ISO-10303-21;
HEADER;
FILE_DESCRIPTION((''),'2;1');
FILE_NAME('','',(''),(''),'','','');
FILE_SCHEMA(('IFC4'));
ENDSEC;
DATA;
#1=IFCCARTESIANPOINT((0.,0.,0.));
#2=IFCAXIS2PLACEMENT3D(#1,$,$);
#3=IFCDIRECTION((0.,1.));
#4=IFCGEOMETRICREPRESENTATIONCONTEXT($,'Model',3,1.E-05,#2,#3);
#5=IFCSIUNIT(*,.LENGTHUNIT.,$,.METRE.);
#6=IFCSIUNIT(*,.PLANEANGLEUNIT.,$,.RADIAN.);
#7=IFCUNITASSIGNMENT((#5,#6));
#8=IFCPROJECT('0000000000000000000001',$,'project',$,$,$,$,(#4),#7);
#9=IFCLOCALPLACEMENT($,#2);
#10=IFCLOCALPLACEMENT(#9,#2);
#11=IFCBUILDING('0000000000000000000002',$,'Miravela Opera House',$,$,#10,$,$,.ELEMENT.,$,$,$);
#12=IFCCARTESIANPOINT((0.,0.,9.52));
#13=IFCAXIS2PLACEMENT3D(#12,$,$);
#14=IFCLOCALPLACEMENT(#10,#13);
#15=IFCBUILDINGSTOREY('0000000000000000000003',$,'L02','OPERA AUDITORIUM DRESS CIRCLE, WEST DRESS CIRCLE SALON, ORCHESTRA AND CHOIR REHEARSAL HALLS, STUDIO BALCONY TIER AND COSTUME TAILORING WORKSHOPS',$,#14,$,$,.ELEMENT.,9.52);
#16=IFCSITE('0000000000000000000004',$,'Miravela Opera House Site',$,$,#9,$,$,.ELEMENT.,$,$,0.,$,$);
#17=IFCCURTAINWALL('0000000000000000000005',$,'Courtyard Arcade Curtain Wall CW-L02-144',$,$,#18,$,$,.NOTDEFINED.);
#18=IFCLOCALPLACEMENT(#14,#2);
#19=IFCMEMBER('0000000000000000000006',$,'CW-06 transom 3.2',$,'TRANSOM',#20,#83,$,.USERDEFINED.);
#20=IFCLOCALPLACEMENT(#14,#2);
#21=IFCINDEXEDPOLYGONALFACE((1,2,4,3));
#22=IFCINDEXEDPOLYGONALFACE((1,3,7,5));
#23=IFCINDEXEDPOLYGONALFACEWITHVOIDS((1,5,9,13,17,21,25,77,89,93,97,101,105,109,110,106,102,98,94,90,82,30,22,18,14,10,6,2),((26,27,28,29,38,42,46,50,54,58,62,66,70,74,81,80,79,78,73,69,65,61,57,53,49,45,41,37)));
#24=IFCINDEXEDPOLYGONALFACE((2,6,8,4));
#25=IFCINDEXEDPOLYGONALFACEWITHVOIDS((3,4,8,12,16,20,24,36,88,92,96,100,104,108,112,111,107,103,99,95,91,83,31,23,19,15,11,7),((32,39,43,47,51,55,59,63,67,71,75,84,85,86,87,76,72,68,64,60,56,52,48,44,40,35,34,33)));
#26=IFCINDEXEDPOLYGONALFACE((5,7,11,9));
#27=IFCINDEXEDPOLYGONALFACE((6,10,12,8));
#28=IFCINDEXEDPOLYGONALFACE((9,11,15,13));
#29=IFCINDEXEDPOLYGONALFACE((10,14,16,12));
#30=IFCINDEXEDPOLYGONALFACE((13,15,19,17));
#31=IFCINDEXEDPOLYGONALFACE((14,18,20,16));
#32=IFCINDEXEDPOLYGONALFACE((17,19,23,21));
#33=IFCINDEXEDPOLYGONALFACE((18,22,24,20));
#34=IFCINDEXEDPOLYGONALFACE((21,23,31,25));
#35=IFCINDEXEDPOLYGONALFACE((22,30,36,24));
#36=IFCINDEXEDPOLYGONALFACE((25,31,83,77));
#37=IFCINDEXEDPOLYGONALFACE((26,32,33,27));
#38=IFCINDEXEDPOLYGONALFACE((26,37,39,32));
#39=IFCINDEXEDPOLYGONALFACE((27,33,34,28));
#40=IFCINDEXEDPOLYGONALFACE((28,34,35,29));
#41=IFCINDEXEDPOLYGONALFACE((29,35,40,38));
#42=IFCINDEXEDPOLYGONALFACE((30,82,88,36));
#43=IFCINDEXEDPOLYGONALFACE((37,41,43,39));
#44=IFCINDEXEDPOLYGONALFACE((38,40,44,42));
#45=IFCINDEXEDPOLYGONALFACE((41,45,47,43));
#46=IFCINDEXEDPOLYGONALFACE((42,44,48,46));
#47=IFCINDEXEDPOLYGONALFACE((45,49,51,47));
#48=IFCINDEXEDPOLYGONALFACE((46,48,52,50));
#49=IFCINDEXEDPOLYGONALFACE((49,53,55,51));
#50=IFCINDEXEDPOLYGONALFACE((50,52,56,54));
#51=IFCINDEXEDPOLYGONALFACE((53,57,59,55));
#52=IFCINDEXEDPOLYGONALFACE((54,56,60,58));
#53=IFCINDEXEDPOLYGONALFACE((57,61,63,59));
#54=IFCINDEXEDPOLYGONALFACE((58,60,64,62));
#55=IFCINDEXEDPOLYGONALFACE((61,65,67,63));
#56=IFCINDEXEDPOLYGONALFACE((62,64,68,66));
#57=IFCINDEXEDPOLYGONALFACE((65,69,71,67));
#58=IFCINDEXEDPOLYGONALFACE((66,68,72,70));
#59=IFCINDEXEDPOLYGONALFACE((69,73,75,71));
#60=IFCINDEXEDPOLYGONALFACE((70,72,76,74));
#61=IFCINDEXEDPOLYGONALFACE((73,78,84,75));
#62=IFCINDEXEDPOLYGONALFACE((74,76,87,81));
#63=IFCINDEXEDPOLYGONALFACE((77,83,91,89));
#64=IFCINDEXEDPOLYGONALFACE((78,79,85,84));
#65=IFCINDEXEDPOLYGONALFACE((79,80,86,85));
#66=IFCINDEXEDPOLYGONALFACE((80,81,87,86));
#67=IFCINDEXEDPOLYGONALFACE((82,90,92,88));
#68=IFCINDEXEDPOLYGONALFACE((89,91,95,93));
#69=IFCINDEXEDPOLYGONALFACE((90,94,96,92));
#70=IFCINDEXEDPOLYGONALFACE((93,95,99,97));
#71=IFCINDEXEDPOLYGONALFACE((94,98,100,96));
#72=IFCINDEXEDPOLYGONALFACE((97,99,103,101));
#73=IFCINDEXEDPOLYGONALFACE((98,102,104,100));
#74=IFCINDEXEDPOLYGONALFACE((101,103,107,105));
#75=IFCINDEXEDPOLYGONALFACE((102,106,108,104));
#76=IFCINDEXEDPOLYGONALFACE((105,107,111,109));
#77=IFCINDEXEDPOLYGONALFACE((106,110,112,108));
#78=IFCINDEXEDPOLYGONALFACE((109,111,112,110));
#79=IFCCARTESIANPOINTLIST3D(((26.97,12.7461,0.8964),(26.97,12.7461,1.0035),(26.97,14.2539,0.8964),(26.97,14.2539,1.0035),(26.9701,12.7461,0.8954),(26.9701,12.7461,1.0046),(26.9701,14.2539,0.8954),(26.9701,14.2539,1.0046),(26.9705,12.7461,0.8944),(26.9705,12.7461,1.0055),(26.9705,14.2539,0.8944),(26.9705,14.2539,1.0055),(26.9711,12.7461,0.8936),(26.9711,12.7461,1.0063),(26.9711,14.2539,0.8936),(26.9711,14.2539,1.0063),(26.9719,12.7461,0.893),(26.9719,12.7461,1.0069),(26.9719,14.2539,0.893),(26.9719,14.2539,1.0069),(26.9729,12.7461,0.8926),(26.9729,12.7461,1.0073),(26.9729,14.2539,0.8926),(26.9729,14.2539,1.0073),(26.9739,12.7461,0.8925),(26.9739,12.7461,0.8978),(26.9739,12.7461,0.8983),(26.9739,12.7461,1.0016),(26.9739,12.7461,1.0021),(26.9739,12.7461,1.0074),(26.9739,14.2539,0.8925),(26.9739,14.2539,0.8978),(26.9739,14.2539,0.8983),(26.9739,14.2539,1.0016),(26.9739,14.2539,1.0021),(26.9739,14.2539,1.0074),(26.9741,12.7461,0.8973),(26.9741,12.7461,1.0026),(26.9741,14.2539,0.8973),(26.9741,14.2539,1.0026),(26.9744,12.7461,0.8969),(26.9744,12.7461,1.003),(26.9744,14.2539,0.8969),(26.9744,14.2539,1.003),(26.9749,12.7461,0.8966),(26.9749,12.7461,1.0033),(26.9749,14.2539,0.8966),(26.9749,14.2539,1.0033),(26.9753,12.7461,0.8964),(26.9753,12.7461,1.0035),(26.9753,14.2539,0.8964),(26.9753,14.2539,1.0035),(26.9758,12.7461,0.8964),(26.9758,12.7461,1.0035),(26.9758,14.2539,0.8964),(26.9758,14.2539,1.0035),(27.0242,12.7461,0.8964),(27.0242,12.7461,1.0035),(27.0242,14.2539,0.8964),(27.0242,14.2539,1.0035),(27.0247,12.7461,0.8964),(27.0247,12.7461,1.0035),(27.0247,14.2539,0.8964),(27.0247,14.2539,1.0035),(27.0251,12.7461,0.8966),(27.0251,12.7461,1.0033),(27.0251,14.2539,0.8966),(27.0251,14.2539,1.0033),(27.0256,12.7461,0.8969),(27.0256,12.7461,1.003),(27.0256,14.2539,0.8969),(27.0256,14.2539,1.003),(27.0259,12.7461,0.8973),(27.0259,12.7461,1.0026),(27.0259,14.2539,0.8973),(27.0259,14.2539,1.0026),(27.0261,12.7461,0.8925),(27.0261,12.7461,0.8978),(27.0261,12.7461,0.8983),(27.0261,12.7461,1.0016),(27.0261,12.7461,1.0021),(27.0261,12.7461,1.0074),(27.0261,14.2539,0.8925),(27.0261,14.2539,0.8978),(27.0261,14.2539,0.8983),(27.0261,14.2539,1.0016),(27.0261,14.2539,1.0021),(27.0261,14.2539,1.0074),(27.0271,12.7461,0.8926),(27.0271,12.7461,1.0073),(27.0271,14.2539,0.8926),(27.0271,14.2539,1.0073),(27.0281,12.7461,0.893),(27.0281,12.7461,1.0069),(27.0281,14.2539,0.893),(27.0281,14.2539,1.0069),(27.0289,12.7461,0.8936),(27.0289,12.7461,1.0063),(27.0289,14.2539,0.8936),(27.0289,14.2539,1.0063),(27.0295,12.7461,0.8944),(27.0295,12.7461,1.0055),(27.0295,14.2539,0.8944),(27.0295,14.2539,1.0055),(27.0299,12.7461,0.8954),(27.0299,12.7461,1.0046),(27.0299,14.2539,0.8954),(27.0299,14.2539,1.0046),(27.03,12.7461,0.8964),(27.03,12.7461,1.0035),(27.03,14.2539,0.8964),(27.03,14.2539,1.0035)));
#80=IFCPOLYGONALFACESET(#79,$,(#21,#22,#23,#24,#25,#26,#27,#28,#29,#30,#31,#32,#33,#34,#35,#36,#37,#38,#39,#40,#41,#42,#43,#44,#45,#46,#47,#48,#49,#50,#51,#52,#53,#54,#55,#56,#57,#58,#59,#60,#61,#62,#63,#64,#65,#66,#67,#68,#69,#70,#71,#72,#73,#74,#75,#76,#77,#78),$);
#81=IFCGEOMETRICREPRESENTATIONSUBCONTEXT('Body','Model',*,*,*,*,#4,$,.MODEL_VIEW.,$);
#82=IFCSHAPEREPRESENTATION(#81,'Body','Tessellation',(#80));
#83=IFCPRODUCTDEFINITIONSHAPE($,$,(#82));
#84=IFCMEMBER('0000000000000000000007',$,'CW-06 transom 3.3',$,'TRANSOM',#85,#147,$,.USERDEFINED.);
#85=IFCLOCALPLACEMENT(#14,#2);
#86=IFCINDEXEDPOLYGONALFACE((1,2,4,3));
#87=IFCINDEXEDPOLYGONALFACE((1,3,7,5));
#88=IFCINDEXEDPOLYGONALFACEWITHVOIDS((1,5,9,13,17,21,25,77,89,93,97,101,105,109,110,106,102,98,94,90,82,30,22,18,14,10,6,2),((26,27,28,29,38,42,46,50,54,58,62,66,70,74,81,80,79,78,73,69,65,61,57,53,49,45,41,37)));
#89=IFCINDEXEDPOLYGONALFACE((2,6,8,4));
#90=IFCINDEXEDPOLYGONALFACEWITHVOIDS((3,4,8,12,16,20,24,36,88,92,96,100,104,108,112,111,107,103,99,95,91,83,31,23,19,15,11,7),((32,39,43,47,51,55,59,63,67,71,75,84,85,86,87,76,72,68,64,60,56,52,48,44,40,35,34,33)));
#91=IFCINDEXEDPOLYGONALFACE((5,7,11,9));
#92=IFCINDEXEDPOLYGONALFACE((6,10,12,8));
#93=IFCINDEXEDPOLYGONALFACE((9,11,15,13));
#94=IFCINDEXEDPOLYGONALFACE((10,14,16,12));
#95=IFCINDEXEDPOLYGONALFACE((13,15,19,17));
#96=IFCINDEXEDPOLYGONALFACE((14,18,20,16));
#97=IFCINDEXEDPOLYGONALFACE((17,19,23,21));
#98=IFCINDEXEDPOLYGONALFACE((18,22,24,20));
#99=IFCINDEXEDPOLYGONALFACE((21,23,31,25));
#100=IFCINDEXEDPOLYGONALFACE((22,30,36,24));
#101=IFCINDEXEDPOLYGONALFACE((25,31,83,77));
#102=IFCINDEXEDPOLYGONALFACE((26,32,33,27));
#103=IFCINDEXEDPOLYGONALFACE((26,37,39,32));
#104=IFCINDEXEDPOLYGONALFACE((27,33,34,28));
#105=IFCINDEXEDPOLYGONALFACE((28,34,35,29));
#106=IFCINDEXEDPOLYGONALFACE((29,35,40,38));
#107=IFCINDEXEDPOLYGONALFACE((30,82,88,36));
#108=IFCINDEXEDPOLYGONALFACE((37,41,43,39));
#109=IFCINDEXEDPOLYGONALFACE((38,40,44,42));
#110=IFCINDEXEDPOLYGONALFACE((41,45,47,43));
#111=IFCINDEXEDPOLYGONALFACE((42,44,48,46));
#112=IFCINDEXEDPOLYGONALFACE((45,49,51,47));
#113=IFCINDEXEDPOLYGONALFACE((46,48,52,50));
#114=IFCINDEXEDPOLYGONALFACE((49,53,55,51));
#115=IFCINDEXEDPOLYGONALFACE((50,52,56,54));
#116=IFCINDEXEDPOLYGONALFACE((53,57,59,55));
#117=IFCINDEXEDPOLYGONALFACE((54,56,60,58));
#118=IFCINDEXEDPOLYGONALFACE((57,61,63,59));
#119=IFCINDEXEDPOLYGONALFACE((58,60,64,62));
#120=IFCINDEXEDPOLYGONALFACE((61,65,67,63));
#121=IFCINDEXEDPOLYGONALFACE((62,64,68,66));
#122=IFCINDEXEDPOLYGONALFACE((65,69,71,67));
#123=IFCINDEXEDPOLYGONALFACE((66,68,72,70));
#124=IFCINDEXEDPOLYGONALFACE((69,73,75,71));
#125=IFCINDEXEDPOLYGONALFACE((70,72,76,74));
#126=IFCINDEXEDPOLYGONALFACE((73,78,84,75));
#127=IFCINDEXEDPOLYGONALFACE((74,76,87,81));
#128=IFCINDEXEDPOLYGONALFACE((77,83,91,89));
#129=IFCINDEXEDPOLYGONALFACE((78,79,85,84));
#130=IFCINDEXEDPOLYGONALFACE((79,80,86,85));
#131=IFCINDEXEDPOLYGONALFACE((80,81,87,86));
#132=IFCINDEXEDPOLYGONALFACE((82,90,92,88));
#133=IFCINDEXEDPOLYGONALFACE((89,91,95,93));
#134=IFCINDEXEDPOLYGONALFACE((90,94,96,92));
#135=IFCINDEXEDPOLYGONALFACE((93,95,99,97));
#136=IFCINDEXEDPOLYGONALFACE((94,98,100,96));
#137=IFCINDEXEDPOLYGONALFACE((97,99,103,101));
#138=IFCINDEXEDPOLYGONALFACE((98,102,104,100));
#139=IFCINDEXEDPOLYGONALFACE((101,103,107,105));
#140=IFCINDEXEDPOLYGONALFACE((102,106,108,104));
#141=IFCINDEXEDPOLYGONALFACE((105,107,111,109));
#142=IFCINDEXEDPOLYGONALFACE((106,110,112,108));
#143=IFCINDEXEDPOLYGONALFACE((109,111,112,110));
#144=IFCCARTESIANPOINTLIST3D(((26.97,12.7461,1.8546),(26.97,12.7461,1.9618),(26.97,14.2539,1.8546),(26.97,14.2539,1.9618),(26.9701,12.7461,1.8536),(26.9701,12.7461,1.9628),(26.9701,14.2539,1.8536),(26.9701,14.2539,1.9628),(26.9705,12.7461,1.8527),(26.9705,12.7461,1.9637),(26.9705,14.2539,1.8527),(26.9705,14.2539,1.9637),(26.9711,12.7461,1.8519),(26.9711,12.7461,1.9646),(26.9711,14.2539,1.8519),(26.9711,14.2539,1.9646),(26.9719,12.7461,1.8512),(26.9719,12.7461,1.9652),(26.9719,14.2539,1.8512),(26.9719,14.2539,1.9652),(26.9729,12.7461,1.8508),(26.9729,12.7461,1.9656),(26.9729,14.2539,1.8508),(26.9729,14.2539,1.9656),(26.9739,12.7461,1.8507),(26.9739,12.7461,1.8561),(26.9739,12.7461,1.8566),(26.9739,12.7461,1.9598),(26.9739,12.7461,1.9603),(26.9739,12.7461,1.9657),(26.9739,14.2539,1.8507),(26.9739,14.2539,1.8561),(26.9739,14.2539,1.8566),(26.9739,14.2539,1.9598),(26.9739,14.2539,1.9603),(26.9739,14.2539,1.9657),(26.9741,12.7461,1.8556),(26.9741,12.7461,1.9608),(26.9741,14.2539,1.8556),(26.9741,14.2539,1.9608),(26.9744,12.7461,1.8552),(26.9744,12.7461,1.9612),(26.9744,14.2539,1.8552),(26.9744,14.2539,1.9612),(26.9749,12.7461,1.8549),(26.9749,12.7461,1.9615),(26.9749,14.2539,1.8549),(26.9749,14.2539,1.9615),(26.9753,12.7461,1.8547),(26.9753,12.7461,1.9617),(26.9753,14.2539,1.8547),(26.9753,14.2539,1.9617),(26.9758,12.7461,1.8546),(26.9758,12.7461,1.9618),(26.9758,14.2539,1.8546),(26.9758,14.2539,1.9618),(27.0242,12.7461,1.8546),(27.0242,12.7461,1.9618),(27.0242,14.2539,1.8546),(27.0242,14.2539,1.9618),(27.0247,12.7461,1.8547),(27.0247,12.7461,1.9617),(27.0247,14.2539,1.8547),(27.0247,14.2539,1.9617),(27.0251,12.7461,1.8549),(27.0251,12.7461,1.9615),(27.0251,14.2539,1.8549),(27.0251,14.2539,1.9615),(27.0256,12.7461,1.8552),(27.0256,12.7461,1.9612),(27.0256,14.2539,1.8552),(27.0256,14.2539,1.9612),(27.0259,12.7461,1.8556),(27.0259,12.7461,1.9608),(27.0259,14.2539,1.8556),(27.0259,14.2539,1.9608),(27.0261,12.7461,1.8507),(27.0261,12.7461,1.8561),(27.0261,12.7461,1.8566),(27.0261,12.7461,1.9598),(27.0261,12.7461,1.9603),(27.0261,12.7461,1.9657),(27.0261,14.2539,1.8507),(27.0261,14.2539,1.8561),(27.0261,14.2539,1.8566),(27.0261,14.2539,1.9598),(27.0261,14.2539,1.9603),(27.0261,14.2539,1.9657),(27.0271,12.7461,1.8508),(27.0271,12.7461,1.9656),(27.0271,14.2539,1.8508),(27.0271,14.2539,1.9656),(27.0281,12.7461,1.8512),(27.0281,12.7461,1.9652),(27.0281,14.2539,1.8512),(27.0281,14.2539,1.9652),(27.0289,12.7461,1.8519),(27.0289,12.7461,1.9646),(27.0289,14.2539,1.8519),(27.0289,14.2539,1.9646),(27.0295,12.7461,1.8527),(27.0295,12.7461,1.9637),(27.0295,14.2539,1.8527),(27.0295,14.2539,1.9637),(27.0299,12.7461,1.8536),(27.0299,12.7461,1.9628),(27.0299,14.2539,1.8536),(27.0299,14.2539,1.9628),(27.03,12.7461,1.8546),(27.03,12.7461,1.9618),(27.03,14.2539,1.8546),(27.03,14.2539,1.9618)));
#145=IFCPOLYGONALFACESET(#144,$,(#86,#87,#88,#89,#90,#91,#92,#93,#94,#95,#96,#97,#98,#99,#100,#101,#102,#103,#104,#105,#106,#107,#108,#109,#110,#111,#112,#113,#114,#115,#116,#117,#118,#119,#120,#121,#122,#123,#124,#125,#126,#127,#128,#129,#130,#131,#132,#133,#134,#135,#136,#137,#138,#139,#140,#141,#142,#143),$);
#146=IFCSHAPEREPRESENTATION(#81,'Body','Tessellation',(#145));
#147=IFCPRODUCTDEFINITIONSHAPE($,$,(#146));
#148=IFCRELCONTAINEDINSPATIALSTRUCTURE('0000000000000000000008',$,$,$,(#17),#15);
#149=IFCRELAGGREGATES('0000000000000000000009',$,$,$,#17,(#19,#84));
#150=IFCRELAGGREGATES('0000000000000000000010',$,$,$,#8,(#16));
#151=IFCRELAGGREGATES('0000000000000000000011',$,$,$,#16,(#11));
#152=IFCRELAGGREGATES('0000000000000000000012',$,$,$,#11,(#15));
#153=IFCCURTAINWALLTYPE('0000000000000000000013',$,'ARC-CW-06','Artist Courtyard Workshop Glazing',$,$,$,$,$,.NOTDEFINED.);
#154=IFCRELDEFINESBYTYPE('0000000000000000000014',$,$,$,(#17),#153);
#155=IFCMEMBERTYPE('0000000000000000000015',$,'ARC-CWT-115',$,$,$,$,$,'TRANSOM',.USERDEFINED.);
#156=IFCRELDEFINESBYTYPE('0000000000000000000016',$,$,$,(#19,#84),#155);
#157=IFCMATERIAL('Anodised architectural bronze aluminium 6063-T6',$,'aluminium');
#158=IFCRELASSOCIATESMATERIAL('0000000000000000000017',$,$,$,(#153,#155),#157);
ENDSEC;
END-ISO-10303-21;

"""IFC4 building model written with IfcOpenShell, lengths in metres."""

from ifc_helpers import new_model, si_unit, direction, frame, origin, origin_2d, place, context, subcontext, project, spatial, hollow_rectangle, extrude, material, material_profile, profile_set, type_object, element, aggregate, save


model = new_model("IFC4")

# Units and contexts
model_context = context("Model", 3, precision=1e-05, world=origin(), true_north=direction((0.0, 1.0)))
body_context = subcontext(model_context, "Body", "Model", "MODEL_VIEW")
ifc_project = project(units=[si_unit("LENGTHUNIT", "METRE"), si_unit("PLANEANGLEUNIT", "RADIAN")], contexts=[model_context])

# Site, building, storey
site_placement = place(None, origin())
site = spatial("IfcSite", under=ifc_project, at=site_placement, Name="Miravela Opera House Site", CompositionType="ELEMENT", RefElevation=0.0)
building_placement = place(site_placement, origin())
building = spatial("IfcBuilding", under=site, at=building_placement, Name="Miravela Opera House", CompositionType="ELEMENT")
storey_placement = place(building_placement, frame((0.0, 0.0, 9.52)))
storey = spatial("IfcBuildingStorey", under=building, at=storey_placement, Name="L02", Description="OPERA AUDITORIUM DRESS CIRCLE, WEST DRESS CIRCLE SALON, ORCHESTRA AND CHOIR REHEARSAL HALLS, STUDIO BALCONY TIER AND COSTUME TAILORING WORKSHOPS", CompositionType="ELEMENT", Elevation=9.52)

# Curtain wall, members
ifc_material_1 = material(Name="Anodised architectural bronze aluminium 6063-T6", Category="aluminium")
curtain_wall_type = type_object("IfcCurtainWallType", Name="ARC-CW-06", Description="Artist Courtyard Workshop Glazing", PredefinedType="NOTDEFINED", material=ifc_material_1)
curtain_wall_placement = place(storey_placement, origin())
curtain_wall = element("IfcCurtainWall", 1, at=curtain_wall_placement, inside=storey, type_object=curtain_wall_type, Name="Courtyard Arcade Curtain Wall CW-L02-144", PredefinedType="NOTDEFINED")
ifc_material_profile_1 = material_profile(ifc_material_1, hollow_rectangle(XDim=0.0601, YDim=0.115, WallThickness=0.0039, InnerFilletRadius=0.002, OuterFilletRadius=0.0039, at=origin_2d()), Name="CWT-60X115")
ifc_profile_set_1 = profile_set([ifc_material_profile_1])
member_type_1 = type_object("IfcMemberType", Name="ARC-CWT-115", ElementType="TRANSOM", PredefinedType="USERDEFINED", material=ifc_profile_set_1)
member_1_placement = place(storey_placement, frame((27.0, 12.7461, 0.95), z_axis=(0.0, 1.0, 0.0), x_axis=(-1.0, 0.0, 0.0)))
member_1 = element("IfcMember", 2, at=member_1_placement, type_object=member_type_1, Name="CW-06 transom 3.2", ObjectType="TRANSOM", PredefinedType="USERDEFINED", context=body_context, shape_type="SweptSolid", body=[
    extrude(hollow_rectangle(XDim=0.0601, YDim=0.115, WallThickness=0.0039, InnerFilletRadius=0.002, OuterFilletRadius=0.0039, at=origin_2d()), origin(), (0.0, 0.0, 1.0), 1.5078),
])
member_2_placement = place(storey_placement, frame((27.0, 12.7461, 1.9082), z_axis=(0.0, 1.0, 0.0), x_axis=(-1.0, 0.0, 0.0)))
member_2 = element("IfcMember", 3, at=member_2_placement, type_object=member_type_1, Name="CW-06 transom 3.3", ObjectType="TRANSOM", PredefinedType="USERDEFINED", context=body_context, shape_type="SweptSolid", body=[
    extrude(hollow_rectangle(XDim=0.0601, YDim=0.115, WallThickness=0.0039, InnerFilletRadius=0.002, OuterFilletRadius=0.0039, at=origin_2d()), origin(), (0.0, 0.0, 1.0), 1.5078),
])

aggregate(curtain_wall, [member_1, member_2])

save(model, "model.ifc")
